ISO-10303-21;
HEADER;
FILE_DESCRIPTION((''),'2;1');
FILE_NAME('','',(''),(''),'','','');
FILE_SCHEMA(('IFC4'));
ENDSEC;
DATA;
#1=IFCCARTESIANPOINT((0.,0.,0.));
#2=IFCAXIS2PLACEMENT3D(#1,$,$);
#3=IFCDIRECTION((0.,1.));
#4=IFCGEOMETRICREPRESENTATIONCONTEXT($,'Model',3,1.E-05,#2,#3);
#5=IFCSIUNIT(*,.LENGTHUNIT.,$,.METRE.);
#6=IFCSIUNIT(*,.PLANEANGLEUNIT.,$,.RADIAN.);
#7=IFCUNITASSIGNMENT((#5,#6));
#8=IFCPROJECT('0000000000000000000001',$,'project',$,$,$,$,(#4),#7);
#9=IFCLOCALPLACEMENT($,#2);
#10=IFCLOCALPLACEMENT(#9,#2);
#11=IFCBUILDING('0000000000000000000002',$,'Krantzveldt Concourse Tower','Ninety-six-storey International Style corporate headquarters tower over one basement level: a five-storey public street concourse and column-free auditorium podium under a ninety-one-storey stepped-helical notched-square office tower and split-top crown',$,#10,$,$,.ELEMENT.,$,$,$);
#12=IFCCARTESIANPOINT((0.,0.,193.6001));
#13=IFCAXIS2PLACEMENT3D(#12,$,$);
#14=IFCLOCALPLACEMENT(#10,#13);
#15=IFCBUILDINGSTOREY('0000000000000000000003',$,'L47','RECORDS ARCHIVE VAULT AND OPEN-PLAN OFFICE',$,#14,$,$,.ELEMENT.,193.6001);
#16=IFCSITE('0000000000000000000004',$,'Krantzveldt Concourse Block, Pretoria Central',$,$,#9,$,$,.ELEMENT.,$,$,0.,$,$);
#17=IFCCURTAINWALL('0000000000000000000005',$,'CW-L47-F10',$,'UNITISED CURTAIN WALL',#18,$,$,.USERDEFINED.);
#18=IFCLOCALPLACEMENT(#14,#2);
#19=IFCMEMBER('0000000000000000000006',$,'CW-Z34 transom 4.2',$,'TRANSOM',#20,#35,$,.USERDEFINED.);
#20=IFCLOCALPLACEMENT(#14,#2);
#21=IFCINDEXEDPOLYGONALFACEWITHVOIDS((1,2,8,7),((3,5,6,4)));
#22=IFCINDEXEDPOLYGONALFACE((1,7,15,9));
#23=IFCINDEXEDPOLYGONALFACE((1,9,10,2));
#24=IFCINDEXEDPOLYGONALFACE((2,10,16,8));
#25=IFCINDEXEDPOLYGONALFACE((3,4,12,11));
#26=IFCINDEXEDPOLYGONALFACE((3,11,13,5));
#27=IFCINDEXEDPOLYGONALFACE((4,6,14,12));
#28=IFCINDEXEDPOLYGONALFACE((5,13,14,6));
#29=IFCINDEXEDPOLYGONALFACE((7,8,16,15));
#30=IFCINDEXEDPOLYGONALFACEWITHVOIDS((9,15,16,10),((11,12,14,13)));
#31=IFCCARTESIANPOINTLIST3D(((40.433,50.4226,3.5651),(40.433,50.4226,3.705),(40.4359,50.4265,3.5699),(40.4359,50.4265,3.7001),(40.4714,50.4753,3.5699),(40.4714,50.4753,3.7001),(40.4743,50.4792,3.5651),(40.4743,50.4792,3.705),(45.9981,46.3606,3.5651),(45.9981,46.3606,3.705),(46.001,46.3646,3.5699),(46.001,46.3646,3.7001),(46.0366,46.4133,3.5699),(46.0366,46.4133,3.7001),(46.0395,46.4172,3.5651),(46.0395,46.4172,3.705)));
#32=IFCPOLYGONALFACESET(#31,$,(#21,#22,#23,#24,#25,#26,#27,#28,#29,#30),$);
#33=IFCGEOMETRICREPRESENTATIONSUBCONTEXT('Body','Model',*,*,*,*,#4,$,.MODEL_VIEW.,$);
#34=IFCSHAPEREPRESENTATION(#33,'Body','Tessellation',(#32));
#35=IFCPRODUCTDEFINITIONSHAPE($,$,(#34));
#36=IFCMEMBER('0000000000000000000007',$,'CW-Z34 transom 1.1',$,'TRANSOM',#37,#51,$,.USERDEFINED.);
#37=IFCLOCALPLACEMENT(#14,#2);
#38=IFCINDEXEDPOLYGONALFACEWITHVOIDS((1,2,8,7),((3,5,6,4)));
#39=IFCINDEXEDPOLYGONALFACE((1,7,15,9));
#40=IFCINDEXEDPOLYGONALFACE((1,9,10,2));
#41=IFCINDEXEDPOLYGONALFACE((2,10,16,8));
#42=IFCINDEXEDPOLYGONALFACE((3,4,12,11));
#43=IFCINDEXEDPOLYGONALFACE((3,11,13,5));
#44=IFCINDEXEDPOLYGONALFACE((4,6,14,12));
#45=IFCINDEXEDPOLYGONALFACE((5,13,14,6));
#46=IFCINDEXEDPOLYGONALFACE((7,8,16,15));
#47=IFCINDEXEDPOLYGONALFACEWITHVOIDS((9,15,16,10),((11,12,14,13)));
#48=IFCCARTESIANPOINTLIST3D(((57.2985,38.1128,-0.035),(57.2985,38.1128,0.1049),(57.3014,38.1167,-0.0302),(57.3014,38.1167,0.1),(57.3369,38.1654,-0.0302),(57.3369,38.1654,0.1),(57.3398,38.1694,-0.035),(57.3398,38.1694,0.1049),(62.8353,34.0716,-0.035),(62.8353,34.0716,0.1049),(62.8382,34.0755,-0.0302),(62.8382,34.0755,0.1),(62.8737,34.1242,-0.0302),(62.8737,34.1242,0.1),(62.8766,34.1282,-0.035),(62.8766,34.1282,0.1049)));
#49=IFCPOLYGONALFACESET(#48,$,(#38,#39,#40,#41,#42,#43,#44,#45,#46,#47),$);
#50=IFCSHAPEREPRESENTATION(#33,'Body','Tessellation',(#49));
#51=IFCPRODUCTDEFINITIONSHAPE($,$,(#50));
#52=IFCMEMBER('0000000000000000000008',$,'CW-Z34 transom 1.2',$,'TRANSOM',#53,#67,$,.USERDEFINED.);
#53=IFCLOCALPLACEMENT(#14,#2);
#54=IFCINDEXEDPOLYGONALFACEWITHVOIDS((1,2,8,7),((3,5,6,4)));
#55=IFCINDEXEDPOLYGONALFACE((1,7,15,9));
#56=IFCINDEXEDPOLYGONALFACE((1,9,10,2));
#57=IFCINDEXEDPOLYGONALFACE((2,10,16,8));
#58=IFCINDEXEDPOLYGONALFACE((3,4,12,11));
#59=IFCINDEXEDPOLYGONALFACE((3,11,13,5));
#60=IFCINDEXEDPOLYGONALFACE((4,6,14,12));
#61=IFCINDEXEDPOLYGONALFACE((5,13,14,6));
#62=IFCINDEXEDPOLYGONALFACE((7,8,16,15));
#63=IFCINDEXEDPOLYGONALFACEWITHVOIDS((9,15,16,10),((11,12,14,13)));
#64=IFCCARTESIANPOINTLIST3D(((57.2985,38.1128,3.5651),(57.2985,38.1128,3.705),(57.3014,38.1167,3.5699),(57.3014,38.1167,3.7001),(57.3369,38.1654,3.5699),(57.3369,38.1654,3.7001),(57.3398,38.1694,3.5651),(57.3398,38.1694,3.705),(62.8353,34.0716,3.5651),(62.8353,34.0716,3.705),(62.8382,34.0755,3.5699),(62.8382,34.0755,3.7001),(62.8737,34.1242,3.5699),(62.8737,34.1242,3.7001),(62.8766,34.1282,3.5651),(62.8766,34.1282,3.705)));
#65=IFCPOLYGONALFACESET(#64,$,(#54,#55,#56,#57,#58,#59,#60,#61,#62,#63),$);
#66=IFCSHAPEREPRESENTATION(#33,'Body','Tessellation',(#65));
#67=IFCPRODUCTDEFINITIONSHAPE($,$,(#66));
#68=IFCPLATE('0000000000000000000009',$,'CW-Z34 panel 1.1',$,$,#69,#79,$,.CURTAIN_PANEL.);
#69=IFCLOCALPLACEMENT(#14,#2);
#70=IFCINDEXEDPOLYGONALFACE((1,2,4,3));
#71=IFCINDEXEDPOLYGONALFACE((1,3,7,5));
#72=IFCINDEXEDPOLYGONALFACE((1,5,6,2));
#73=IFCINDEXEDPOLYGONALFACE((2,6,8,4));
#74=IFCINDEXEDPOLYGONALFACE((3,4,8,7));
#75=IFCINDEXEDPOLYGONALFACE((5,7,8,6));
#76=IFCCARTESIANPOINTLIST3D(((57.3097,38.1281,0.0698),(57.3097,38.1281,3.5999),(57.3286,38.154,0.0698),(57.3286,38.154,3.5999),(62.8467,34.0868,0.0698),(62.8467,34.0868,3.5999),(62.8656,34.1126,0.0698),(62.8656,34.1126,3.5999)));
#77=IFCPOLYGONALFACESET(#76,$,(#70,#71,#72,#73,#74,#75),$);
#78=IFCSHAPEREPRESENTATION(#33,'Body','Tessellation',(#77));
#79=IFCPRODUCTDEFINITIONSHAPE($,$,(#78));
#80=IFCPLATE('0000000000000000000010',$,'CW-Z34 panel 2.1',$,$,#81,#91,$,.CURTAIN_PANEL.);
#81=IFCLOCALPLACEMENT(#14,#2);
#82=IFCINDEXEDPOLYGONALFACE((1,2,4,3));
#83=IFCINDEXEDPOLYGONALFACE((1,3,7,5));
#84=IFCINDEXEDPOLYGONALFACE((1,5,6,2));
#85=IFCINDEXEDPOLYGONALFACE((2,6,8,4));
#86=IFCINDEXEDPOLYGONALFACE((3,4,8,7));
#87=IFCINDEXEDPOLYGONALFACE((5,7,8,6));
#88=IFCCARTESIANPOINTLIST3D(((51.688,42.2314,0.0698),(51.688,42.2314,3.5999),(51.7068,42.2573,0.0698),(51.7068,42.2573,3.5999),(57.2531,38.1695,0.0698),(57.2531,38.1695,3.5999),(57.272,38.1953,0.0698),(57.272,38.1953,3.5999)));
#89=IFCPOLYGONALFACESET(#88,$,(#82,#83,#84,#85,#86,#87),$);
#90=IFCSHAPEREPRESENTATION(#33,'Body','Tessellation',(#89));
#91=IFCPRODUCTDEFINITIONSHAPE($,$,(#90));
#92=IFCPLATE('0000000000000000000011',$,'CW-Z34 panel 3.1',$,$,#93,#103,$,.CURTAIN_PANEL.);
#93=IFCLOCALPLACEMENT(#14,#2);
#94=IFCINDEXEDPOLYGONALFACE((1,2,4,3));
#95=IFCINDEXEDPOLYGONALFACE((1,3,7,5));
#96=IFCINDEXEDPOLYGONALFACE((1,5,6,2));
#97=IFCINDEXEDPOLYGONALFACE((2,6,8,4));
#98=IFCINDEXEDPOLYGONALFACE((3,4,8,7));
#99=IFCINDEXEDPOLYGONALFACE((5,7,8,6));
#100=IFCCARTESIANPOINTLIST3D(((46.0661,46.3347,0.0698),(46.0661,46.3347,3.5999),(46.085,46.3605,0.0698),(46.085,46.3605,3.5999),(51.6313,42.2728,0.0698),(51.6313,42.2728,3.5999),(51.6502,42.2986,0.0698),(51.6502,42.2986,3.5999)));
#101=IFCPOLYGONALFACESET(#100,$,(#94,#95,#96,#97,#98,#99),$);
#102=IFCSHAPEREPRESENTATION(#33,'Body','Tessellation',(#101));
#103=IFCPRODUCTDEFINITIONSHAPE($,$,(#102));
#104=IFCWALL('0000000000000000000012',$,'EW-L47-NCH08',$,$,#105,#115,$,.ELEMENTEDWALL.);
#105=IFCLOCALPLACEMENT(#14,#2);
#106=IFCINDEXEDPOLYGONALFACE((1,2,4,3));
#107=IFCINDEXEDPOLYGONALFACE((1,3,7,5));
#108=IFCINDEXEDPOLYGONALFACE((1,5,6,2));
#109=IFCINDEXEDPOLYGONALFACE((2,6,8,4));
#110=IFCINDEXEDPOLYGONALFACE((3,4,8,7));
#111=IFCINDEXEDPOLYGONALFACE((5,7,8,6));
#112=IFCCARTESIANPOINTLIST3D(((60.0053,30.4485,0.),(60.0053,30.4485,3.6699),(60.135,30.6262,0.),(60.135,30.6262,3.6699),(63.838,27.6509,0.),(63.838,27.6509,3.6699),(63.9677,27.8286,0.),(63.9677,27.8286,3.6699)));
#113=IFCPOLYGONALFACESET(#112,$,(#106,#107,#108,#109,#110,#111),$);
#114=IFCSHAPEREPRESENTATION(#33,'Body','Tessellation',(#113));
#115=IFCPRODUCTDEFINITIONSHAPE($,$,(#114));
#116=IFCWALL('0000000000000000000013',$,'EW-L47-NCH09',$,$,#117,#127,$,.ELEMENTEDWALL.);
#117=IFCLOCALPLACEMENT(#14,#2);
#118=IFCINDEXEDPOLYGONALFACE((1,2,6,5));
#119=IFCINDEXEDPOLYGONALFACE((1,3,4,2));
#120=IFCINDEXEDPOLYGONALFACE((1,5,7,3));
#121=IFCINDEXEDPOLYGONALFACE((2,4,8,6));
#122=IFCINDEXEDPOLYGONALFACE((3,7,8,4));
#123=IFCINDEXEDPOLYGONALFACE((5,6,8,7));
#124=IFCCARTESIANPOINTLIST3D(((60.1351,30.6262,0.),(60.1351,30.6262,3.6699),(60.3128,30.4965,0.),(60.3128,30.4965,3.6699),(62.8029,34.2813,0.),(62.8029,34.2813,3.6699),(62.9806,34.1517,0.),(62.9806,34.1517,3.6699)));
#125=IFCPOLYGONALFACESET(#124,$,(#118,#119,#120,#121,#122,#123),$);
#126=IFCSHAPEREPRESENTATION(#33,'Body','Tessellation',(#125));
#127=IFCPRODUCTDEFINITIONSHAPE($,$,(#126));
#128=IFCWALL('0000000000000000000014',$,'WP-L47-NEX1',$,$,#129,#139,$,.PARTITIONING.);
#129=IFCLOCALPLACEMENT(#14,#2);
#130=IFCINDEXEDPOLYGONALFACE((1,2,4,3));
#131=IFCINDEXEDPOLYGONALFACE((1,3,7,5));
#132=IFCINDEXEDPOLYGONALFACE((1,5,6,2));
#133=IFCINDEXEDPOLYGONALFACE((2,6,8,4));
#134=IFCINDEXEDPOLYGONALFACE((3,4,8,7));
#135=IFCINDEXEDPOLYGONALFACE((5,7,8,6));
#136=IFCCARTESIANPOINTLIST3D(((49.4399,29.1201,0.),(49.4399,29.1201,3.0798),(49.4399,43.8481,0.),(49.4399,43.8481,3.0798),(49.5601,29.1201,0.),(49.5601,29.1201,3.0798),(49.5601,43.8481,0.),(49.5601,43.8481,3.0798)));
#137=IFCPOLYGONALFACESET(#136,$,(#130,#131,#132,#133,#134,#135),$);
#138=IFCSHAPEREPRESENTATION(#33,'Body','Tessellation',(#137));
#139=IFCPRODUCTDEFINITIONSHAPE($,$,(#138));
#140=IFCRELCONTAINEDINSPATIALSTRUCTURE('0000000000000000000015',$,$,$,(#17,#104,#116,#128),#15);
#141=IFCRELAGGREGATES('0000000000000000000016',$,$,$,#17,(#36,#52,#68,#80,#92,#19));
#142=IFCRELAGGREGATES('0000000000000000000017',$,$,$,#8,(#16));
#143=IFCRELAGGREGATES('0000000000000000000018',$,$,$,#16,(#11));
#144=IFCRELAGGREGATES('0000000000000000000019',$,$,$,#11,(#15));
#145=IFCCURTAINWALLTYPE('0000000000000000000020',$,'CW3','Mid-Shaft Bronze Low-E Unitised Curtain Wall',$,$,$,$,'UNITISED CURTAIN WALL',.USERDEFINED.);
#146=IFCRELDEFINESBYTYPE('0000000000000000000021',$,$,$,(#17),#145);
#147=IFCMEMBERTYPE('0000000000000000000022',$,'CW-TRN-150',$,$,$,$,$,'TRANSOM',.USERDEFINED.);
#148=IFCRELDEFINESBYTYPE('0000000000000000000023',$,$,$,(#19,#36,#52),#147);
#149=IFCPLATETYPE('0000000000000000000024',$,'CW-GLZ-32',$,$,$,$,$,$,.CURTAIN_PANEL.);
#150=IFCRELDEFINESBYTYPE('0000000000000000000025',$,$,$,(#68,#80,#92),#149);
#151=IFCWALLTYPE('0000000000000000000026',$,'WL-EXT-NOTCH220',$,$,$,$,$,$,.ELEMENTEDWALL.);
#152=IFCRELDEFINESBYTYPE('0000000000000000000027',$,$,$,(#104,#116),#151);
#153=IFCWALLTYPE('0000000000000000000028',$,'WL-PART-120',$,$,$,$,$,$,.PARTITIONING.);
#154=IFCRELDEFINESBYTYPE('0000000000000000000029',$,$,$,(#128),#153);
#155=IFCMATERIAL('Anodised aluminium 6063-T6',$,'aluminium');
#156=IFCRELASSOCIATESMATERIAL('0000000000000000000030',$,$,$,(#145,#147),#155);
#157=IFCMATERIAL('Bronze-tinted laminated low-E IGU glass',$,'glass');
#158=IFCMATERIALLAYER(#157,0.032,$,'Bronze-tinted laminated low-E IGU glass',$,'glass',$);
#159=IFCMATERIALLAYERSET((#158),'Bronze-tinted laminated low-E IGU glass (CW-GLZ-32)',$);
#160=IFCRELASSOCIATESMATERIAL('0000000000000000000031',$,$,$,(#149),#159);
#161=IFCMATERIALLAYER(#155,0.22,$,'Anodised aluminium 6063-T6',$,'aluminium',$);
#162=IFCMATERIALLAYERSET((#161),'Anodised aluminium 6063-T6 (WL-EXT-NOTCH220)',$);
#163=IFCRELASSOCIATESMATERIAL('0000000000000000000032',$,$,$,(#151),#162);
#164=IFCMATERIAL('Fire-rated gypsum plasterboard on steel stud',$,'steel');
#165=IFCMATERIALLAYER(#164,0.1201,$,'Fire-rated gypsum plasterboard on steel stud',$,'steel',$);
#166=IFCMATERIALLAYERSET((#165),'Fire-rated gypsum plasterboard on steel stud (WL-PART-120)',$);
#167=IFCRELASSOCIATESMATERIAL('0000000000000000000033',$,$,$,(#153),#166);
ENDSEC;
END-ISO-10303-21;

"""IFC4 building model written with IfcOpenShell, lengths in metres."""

from ifc_helpers import new_model, si_unit, direction, frame, frame_2d, origin, origin_2d, place, context, subcontext, project, spatial, rectangle, hollow_rectangle, extrude, source, transform, mapped, material, layer, layer_set, material_profile, profile_set, type_object, type_shapes, element, aggregate, save


model = new_model("IFC4")

# Units and contexts
model_context = context("Model", 3, precision=1e-05, world=origin(), true_north=direction((0.0, 1.0)))
body_context = subcontext(model_context, "Body", "Model", "MODEL_VIEW")
ifc_project = project(units=[si_unit("LENGTHUNIT", "METRE"), si_unit("PLANEANGLEUNIT", "RADIAN")], contexts=[model_context])

# Site, building, storey
site_placement = place(None, origin())
site = spatial("IfcSite", under=ifc_project, at=site_placement, Name="Krantzveldt Concourse Block, Pretoria Central", CompositionType="ELEMENT", RefElevation=0.0)
building_placement = place(site_placement, origin())
building = spatial("IfcBuilding", under=site, at=building_placement, Name="Krantzveldt Concourse Tower", Description="Ninety-six-storey International Style corporate headquarters tower over one basement level: a five-storey public street concourse and column-free auditorium podium under a ninety-one-storey stepped-helical notched-square office tower and split-top crown", CompositionType="ELEMENT")
storey_placement = place(building_placement, frame((0.0, 0.0, 193.6001)))
storey = spatial("IfcBuildingStorey", under=building, at=storey_placement, Name="L47", Description="RECORDS ARCHIVE VAULT AND OPEN-PLAN OFFICE", CompositionType="ELEMENT", Elevation=193.6001)

# Shared definitions
ifc_material_1 = material(Name="Anodised aluminium 6063-T6", Category="aluminium")
curtain_wall_type = type_object("IfcCurtainWallType", Name="CW3", Description="Mid-Shaft Bronze Low-E Unitised Curtain Wall", ElementType="UNITISED CURTAIN WALL", PredefinedType="USERDEFINED", material=ifc_material_1)

# Curtain wall, members, plates
curtain_wall_1_placement = place(storey_placement, origin())
curtain_wall_1 = element("IfcCurtainWall", 1, at=curtain_wall_1_placement, inside=storey, type_object=curtain_wall_type, Name="CW-L47-F10", ObjectType="UNITISED CURTAIN WALL", PredefinedType="USERDEFINED")
ifc_material_profile_1 = material_profile(ifc_material_1, hollow_rectangle(XDim=0.0701, YDim=0.1399, WallThickness=0.0049, at=origin_2d()), Name="Anodised aluminium 6063-T6", Category="aluminium")
ifc_profile_set_1 = profile_set([ifc_material_profile_1], Name="Anodised aluminium 6063-T6 - ALU-TRAN 140x70x5")
member_type_1 = type_object("IfcMemberType", Name="CW-TRN-150", ElementType="TRANSOM", PredefinedType="USERDEFINED", material=ifc_profile_set_1)
shared_shape_1 = source(origin(), body_context, "Body", "SweptSolid", [
    extrude(hollow_rectangle(XDim=0.0701, YDim=0.1399, WallThickness=0.0049, at=origin_2d()), origin(), (0.0, 0.0, 1.0), 6.8899),
])
member_1_placement = place(storey_placement, frame((46.0188, 46.3889, 3.635), z_axis=(-0.807727, 0.589557, 0.0), x_axis=(-0.589557, -0.807727, 0.0)))
member_1 = element("IfcMember", 2, at=member_1_placement, type_object=member_type_1, Name="CW-Z34 transom 4.2", ObjectType="TRANSOM", PredefinedType="USERDEFINED", context=body_context, shape_type="MappedRepresentation", body=[
    mapped(shared_shape_1, transform((0.0, 0.0, 0.0), x_axis=(1.0, 0.0, 0.0), y_axis=(0.0, 1.0, 0.0), z_axis=(0.0, 0.0, 1.0), scale=1.0)),
])
shared_shape_2 = source(origin(), body_context, "Body", "SweptSolid", [
    extrude(hollow_rectangle(XDim=0.0701, YDim=0.1399, WallThickness=0.0049, at=origin_2d()), origin(), (0.0, 0.0, 1.0), 6.8547),
])
type_shapes(member_type_1, [shared_shape_1, shared_shape_2])
member_2_placement = place(storey_placement, frame((62.856, 34.0999, 0.0349), z_axis=(-0.807732, 0.589549, 0.0), x_axis=(-0.589549, -0.807732, 0.0)))
member_2 = element("IfcMember", 3, at=member_2_placement, type_object=member_type_1, Name="CW-Z34 transom 1.1", ObjectType="TRANSOM", PredefinedType="USERDEFINED", context=body_context, shape_type="MappedRepresentation", body=[
    mapped(shared_shape_2, transform((0.0, 0.0, 0.0), x_axis=(1.0, 0.0, 0.0), y_axis=(0.0, 1.0, 0.0), z_axis=(0.0, 0.0, 1.0), scale=1.0)),
])
member_3_placement = place(storey_placement, frame((62.856, 34.0999, 3.635), z_axis=(-0.807732, 0.589549, 0.0), x_axis=(-0.589549, -0.807732, 0.0)))
member_3 = element("IfcMember", 4, at=member_3_placement, type_object=member_type_1, Name="CW-Z34 transom 1.2", ObjectType="TRANSOM", PredefinedType="USERDEFINED", context=body_context, shape_type="MappedRepresentation", body=[
    mapped(shared_shape_2, transform((0.0, 0.0, 0.0), x_axis=(1.0, 0.0, 0.0), y_axis=(0.0, 1.0, 0.0), z_axis=(0.0, 0.0, 1.0), scale=1.0)),
])
ifc_material_2 = material(Name="Bronze-tinted laminated low-E IGU glass", Category="glass")
ifc_layer_1 = layer(ifc_material_2, 0.032, Name="Bronze-tinted laminated low-E IGU glass", Category="glass")
ifc_layer_set_1 = layer_set([ifc_layer_1], Name="Bronze-tinted laminated low-E IGU glass (CW-GLZ-32)")
plate_type = type_object("IfcPlateType", Name="CW-GLZ-32", PredefinedType="CURTAIN_PANEL", material=ifc_layer_set_1)
shared_shape_3 = source(origin(), body_context, "Body", "SweptSolid", [
    extrude(rectangle(XDim=6.855, YDim=0.032, at=origin_2d()), origin(), (0.0, 0.0, 1.0), 3.53),
])
plate_1_placement = place(storey_placement, frame((60.0876, 36.1204, 0.0698), z_axis=(0.0, 0.0, 1.0), x_axis=(-0.807733, 0.589549, 0.0)))
plate_1 = element("IfcPlate", 5, at=plate_1_placement, type_object=plate_type, Name="CW-Z34 panel 1.1", PredefinedType="CURTAIN_PANEL", context=body_context, shape_type="MappedRepresentation", body=[
    mapped(shared_shape_3, transform((0.0, 0.0, 0.0), x_axis=(1.0, 0.0, 0.0), y_axis=(0.0, 1.0, 0.0), z_axis=(0.0, 0.0, 1.0), scale=1.0)),
])
shared_shape_4 = source(origin(), body_context, "Body", "SweptSolid", [
    extrude(rectangle(XDim=6.8899, YDim=0.032, at=origin_2d()), origin(), (0.0, 0.0, 1.0), 3.53),
])
type_shapes(plate_type, [shared_shape_3, shared_shape_4])
plate_2_placement = place(storey_placement, frame((54.48, 40.2134, 0.0698), z_axis=(0.0, 0.0, 1.0), x_axis=(-0.807733, 0.589549, 0.0)))
plate_2 = element("IfcPlate", 6, at=plate_2_placement, type_object=plate_type, Name="CW-Z34 panel 2.1", PredefinedType="CURTAIN_PANEL", context=body_context, shape_type="MappedRepresentation", body=[
    mapped(shared_shape_4, transform((0.0, 0.0, 0.0), x_axis=(1.0, 0.0, 0.0), y_axis=(0.0, 1.0, 0.0), z_axis=(0.0, 0.0, 1.0), scale=1.0)),
])
plate_3_placement = place(storey_placement, frame((48.8582, 44.3167, 0.0698), z_axis=(0.0, 0.0, 1.0), x_axis=(-0.807733, 0.589549, 0.0)))
plate_3 = element("IfcPlate", 7, at=plate_3_placement, type_object=plate_type, Name="CW-Z34 panel 3.1", PredefinedType="CURTAIN_PANEL", context=body_context, shape_type="MappedRepresentation", body=[
    mapped(shared_shape_4, transform((0.0, 0.0, 0.0), x_axis=(1.0, 0.0, 0.0), y_axis=(0.0, 1.0, 0.0), z_axis=(0.0, 0.0, 1.0), scale=1.0)),
])
aggregate(curtain_wall_1, [member_2, member_3, plate_1, plate_2, plate_3, member_1])

# Walls
ifc_layer_2 = layer(ifc_material_1, 0.22, Name="Anodised aluminium 6063-T6", Category="aluminium")
ifc_layer_set_2 = layer_set([ifc_layer_2], Name="Anodised aluminium 6063-T6 (WL-EXT-NOTCH220)")
wall_type_1 = type_object("IfcWallType", Name="WL-EXT-NOTCH220", PredefinedType="ELEMENTEDWALL", material=ifc_layer_set_2)
wall_1_placement = place(storey_placement, frame((63.9028, 27.7397, 0.0), z_axis=(0.0, 0.0, 1.0), x_axis=(-0.807718, 0.589569, 0.0)))
element("IfcWall", 8, at=wall_1_placement, inside=storey, type_object=wall_type_1, Name="EW-L47-NCH08", PredefinedType="ELEMENTEDWALL", context=body_context, shape_type="SweptSolid", body=[
    extrude(rectangle(XDim=4.7451, YDim=0.22, at=frame_2d((2.3726, 0.0))), origin(), (0.0, 0.0, 1.0), 3.6699),
])
wall_2_placement = place(storey_placement, frame((60.2239, 30.5613, 0.0), z_axis=(0.0, 0.0, 1.0), x_axis=(0.589547, 0.807734, 0.0)))
element("IfcWall", 9, at=wall_2_placement, inside=storey, type_object=wall_type_1, Name="EW-L47-NCH09", PredefinedType="ELEMENTEDWALL", context=body_context, shape_type="SweptSolid", body=[
    extrude(rectangle(XDim=4.5251, YDim=0.22, at=frame_2d((2.2627, 0.0))), origin(), (0.0, 0.0, 1.0), 3.6699),
])
ifc_material_3 = material(Name="Fire-rated gypsum plasterboard on steel stud", Category="steel")
ifc_layer_3 = layer(ifc_material_3, 0.1201, Name="Fire-rated gypsum plasterboard on steel stud", Category="steel")
ifc_layer_set_3 = layer_set([ifc_layer_3], Name="Fire-rated gypsum plasterboard on steel stud (WL-PART-120)")
wall_type_2 = type_object("IfcWallType", Name="WL-PART-120", PredefinedType="PARTITIONING", material=ifc_layer_set_3)
wall_3_placement = place(storey_placement, frame((49.5, 29.1201, 0.0), z_axis=(0.0, 0.0, 1.0), x_axis=(0.0, 1.0, 0.0)))
element("IfcWall", 10, at=wall_3_placement, inside=storey, type_object=wall_type_2, Name="WP-L47-NEX1", PredefinedType="PARTITIONING", context=body_context, shape_type="SweptSolid", body=[
    extrude(rectangle(XDim=14.728, YDim=0.1201, at=frame_2d((7.364, 0.0))), origin(), (0.0, 0.0, 1.0), 3.0798),
])

save(model, "model.ifc")
